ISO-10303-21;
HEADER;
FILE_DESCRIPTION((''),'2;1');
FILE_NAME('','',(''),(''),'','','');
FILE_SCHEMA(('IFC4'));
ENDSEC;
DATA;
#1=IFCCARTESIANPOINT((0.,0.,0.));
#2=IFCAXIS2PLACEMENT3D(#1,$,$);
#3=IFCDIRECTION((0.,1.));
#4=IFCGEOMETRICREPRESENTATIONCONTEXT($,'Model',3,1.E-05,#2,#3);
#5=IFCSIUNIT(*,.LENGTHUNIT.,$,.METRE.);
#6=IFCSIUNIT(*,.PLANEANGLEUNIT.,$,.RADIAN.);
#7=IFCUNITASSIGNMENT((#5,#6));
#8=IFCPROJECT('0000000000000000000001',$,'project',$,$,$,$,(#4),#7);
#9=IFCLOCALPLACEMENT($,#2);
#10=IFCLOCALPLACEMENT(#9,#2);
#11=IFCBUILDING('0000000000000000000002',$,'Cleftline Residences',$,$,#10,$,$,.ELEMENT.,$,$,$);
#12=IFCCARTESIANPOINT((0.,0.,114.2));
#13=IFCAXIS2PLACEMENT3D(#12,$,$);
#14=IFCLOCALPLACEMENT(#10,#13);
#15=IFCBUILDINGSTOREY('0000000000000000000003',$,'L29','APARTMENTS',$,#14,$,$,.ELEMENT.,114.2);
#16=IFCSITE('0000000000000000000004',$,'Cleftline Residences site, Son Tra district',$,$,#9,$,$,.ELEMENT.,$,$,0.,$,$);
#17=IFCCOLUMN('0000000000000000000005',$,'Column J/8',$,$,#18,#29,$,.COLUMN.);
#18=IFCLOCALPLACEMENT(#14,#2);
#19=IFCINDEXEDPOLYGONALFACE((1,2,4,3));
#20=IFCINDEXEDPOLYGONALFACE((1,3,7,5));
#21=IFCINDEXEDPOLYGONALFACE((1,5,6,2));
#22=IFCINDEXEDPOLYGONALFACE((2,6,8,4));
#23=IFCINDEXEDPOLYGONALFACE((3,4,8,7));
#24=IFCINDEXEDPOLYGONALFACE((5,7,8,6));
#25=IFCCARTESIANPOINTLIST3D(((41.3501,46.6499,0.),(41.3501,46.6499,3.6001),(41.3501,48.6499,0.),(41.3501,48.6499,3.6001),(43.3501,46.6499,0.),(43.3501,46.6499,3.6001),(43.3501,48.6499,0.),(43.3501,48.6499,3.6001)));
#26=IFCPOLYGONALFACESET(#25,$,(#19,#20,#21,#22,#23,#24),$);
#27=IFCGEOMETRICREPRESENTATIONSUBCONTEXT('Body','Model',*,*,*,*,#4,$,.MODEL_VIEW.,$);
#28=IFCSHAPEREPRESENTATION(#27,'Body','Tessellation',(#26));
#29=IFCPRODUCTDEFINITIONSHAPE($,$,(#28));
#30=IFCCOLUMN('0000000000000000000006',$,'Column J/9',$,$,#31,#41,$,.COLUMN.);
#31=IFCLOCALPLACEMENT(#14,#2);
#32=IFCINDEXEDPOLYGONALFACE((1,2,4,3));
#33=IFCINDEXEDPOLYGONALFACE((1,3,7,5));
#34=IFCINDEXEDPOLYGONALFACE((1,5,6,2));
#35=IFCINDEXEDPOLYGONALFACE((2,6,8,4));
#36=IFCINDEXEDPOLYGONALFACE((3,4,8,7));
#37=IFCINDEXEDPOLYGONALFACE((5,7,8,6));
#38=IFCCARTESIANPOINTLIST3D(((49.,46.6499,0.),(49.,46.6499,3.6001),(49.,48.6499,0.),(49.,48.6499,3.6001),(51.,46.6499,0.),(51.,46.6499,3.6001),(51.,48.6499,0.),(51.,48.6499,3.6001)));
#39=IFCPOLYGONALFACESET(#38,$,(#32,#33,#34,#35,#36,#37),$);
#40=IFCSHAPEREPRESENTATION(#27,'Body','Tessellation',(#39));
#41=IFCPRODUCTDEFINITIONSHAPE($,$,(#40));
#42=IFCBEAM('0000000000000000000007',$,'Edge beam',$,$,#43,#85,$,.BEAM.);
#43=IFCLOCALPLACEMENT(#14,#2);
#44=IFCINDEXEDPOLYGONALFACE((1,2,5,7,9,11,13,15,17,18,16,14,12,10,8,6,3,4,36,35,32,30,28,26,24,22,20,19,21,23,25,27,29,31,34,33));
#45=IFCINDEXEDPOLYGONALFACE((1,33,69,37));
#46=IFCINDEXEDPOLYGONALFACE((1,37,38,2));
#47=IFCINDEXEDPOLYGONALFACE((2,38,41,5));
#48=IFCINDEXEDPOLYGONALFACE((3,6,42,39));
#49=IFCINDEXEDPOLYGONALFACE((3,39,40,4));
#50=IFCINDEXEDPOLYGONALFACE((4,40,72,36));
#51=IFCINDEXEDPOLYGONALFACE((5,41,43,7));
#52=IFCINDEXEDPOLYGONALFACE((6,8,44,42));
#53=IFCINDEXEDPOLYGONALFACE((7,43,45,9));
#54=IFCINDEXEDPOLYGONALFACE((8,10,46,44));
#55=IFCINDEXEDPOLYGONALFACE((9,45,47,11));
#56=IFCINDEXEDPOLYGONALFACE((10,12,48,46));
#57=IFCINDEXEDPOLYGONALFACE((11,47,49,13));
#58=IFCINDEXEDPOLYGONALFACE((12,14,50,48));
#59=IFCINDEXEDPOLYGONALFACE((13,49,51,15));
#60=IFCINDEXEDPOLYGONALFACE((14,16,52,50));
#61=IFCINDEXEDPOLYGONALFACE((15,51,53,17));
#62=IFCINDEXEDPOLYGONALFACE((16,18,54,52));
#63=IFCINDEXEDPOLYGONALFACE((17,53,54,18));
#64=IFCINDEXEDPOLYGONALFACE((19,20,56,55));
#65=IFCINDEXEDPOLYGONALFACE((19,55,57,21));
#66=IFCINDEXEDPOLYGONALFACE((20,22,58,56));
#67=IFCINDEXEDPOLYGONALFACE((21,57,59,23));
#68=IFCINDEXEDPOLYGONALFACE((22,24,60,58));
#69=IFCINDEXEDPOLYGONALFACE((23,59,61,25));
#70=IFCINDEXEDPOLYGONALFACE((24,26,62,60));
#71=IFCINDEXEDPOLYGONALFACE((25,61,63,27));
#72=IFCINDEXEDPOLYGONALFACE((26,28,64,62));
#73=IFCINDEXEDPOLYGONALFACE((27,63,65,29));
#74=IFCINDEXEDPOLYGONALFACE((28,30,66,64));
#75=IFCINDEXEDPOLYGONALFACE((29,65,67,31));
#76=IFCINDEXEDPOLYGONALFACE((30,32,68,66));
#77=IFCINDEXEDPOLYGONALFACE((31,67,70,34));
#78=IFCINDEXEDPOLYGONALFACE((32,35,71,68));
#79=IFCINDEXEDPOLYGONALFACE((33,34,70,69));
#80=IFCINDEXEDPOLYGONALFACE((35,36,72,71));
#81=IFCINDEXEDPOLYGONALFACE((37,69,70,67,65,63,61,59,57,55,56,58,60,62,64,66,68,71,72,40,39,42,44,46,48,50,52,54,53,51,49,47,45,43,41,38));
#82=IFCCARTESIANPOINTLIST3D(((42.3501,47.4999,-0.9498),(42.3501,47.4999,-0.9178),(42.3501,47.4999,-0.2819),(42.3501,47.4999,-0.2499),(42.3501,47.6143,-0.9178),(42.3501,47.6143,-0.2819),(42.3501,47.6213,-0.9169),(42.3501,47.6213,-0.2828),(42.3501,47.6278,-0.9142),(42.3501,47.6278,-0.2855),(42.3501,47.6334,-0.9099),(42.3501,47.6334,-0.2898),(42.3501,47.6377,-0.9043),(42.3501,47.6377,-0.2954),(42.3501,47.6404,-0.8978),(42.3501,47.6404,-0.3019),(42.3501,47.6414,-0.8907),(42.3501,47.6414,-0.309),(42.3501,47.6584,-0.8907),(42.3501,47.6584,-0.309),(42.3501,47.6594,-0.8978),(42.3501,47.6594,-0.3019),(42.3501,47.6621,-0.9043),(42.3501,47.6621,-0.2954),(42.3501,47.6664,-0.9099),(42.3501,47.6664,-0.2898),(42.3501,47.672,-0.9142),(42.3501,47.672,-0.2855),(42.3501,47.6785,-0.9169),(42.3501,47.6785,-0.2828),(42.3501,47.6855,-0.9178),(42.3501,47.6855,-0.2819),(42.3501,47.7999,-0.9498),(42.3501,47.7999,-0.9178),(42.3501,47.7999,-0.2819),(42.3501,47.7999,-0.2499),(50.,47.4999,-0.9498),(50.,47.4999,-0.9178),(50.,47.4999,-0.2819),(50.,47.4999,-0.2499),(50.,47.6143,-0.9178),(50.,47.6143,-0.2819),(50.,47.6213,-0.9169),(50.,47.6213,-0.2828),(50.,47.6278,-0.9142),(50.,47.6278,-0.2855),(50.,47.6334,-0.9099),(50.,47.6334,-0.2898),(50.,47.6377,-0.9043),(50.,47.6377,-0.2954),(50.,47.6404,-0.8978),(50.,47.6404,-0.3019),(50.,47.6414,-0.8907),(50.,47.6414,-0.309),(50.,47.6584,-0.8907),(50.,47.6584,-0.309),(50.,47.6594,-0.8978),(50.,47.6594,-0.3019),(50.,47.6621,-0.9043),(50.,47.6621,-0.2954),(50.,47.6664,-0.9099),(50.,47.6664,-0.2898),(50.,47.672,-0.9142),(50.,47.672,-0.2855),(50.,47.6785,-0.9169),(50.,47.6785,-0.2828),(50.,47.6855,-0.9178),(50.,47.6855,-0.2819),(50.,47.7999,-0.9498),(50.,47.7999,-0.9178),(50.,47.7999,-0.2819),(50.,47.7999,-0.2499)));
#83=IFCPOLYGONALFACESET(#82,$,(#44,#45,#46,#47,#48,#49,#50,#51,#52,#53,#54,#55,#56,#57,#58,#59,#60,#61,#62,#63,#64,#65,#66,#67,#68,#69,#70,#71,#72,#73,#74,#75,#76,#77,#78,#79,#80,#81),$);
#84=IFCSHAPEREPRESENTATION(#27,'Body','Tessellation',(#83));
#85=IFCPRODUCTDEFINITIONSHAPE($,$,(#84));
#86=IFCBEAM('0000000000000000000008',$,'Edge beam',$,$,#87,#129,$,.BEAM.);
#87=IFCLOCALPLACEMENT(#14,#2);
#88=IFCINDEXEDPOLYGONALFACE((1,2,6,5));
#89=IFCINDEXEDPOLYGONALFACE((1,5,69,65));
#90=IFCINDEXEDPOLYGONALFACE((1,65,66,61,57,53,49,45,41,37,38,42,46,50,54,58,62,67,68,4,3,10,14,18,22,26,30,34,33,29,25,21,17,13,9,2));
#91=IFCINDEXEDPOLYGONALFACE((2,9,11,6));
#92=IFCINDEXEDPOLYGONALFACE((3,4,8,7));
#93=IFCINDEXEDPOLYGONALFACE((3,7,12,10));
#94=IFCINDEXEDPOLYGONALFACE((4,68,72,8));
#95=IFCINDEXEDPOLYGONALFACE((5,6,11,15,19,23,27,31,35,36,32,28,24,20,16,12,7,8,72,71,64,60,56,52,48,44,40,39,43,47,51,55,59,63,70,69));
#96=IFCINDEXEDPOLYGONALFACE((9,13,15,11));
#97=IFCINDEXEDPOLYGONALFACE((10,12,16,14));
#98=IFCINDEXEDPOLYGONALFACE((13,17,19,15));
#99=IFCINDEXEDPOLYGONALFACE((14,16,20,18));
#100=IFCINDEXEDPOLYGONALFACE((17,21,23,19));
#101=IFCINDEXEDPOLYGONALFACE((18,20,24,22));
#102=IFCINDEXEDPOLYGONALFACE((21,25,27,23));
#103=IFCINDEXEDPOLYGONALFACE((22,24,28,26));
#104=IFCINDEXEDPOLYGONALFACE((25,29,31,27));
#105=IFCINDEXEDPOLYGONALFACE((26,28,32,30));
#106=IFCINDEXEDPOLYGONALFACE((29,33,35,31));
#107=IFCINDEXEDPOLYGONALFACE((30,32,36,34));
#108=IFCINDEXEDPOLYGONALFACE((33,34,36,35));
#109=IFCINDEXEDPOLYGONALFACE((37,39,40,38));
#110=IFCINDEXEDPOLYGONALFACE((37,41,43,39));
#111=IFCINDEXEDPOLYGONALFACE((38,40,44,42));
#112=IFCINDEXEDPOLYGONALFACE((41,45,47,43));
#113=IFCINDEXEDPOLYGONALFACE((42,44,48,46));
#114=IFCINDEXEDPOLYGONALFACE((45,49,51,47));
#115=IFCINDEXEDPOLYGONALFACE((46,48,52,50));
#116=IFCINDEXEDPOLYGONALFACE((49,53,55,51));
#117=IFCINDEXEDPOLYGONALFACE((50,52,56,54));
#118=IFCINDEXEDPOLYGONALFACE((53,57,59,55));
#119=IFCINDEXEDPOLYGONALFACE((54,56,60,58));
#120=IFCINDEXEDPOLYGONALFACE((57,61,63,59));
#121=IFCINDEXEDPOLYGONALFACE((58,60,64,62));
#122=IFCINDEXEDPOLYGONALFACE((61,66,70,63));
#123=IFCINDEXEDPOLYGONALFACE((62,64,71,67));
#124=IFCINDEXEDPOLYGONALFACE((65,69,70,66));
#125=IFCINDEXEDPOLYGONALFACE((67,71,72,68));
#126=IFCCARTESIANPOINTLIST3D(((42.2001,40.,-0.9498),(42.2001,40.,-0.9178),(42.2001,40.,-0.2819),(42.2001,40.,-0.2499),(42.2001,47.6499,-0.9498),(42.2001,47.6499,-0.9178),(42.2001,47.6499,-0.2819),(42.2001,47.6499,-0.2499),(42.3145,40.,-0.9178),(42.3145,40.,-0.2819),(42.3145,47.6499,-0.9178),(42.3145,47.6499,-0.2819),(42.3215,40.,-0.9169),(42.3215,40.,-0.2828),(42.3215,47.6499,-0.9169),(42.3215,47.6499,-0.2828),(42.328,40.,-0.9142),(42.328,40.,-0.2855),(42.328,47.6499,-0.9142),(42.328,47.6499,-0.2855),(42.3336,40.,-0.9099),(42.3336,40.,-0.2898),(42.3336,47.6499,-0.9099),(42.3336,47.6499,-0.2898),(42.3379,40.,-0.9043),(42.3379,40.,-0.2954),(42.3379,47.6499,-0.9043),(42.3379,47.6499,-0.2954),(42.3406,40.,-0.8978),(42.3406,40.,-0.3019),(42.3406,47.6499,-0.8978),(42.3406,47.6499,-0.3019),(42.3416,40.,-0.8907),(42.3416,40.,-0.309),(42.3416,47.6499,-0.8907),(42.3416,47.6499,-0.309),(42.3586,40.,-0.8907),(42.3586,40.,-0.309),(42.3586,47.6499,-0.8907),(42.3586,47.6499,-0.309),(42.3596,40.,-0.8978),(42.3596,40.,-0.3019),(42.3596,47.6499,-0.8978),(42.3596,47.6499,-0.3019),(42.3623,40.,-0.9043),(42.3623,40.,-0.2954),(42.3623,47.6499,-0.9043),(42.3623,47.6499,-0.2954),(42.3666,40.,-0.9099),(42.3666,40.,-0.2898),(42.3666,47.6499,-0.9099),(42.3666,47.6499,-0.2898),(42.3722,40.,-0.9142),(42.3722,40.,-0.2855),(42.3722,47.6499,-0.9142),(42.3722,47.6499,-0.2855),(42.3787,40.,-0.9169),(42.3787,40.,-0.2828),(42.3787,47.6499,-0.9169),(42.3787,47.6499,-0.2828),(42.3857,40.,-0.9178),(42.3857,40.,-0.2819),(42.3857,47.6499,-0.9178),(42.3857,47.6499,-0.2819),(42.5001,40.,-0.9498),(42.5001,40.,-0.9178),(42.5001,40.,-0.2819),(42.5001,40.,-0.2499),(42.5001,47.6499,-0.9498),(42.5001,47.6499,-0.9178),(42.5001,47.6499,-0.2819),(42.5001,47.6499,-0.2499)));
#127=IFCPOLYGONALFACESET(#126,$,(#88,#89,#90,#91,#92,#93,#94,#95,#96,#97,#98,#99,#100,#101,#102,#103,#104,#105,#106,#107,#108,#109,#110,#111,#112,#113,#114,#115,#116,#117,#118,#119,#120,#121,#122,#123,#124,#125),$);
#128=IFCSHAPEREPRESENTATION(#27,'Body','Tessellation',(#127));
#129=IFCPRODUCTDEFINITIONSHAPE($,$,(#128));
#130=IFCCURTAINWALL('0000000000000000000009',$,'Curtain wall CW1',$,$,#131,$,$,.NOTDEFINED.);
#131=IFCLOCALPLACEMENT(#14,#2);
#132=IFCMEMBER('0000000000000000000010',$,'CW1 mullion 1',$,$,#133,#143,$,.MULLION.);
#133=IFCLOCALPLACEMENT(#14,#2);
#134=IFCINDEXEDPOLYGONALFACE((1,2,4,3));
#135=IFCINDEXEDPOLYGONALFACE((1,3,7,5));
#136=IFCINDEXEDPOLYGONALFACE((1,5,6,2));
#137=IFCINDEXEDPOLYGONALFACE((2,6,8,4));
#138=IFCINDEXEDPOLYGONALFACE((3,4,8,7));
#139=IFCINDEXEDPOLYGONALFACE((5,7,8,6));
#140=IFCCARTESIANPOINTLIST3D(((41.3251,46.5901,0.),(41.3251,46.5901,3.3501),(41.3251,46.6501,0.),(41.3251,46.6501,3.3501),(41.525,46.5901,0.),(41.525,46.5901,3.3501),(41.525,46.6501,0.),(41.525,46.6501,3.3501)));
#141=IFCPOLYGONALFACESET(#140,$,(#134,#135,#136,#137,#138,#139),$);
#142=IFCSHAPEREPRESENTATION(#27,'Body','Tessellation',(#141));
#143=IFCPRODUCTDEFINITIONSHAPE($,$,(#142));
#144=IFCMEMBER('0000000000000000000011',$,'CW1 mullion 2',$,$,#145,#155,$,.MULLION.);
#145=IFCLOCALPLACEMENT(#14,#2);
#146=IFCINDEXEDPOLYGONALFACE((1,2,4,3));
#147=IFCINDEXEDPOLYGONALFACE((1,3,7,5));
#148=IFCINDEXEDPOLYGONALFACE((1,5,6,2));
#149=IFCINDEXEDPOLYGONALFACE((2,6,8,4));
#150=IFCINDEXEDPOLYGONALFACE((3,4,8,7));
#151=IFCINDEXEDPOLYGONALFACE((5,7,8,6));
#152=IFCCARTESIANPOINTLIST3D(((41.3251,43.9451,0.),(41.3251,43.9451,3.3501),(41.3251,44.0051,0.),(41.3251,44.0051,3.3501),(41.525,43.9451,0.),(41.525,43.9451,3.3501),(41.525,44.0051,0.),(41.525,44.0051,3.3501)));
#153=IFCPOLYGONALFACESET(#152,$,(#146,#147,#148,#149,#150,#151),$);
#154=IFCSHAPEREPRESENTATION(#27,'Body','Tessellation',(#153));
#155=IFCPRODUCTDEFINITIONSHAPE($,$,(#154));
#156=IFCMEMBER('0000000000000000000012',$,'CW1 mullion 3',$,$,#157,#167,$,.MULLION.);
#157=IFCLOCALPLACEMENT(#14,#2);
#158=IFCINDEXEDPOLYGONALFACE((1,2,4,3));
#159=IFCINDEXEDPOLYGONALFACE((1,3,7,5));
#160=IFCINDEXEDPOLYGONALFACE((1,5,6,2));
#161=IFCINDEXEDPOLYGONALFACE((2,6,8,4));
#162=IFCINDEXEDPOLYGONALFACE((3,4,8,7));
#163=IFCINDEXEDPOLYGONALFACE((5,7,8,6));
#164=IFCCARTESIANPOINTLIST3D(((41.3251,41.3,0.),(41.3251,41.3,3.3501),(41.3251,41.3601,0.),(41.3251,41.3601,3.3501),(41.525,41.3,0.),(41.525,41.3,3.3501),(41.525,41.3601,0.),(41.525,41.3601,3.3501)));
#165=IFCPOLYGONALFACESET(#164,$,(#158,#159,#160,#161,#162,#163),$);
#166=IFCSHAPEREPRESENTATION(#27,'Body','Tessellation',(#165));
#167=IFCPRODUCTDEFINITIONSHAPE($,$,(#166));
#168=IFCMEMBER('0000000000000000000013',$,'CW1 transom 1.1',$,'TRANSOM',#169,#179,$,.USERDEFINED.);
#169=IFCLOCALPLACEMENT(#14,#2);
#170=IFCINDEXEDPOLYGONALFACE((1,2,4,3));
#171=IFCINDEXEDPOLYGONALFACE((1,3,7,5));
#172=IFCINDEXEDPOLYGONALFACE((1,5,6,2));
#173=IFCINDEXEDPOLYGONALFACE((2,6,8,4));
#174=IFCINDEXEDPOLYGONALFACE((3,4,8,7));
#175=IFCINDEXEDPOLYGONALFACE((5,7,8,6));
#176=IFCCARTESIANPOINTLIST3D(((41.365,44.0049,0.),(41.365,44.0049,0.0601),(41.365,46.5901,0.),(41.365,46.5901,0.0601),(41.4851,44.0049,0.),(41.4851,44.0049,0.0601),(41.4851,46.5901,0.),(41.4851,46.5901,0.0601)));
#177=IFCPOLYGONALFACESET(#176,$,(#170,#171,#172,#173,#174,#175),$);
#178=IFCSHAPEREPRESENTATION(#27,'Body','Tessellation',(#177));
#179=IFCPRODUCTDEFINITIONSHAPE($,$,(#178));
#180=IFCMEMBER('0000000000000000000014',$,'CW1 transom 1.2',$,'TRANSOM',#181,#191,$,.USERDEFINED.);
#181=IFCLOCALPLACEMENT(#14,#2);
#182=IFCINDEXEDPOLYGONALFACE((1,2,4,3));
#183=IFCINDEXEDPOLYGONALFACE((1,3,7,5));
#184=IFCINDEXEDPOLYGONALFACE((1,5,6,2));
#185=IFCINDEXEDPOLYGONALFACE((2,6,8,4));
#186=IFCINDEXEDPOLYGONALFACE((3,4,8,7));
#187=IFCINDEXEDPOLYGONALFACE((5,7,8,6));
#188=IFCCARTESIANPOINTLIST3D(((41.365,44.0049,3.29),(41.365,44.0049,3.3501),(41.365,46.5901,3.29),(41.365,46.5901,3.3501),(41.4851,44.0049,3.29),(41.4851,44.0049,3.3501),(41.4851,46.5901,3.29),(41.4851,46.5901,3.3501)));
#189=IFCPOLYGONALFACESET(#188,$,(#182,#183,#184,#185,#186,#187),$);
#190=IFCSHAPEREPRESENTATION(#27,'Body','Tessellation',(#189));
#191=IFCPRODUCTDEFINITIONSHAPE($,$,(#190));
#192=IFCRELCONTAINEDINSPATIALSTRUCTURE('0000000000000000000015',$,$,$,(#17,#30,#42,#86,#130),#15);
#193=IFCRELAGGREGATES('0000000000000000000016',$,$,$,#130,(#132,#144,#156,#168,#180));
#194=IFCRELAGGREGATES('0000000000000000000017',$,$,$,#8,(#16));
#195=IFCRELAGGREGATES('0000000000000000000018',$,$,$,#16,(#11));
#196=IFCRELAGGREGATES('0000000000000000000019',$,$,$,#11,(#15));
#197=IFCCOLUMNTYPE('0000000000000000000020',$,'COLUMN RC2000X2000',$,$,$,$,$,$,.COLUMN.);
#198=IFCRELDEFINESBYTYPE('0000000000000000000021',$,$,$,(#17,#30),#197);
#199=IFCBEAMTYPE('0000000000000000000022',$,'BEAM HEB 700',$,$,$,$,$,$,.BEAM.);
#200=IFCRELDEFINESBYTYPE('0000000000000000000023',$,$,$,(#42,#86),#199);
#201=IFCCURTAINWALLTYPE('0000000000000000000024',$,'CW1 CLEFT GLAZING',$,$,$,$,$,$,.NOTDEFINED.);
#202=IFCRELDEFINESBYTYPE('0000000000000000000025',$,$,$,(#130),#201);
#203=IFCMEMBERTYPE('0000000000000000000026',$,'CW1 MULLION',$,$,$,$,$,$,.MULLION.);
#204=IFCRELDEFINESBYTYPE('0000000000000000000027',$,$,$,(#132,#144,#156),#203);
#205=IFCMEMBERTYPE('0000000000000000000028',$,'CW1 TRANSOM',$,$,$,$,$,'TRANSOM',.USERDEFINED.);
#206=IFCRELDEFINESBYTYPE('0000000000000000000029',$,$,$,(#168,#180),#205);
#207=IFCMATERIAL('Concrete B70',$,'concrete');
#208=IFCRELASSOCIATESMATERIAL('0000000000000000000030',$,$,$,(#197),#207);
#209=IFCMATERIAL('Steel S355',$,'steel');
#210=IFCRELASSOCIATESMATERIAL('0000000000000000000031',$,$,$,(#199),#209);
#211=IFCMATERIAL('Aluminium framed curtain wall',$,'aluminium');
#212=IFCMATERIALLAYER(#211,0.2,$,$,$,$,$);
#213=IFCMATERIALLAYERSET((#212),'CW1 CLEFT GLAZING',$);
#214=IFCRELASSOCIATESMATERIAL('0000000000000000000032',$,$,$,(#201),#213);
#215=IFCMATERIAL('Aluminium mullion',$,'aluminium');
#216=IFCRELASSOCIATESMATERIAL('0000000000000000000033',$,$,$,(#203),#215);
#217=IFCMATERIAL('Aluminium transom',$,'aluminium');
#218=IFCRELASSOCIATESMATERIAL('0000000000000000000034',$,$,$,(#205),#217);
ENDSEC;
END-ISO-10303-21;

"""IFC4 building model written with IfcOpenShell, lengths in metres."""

from ifc_helpers import new_model, si_unit, direction, frame, origin, origin_2d, place, context, subcontext, project, spatial, rectangle, i_section, extrude, material, layer, layer_set, material_profile, profile_set, type_object, element, aggregate, save


model = new_model("IFC4")

# Units and contexts
model_context = context("Model", 3, precision=1e-05, world=origin(), true_north=direction((0.0, 1.0)))
body_context = subcontext(model_context, "Body", "Model", "MODEL_VIEW")
ifc_project = project(units=[si_unit("LENGTHUNIT", "METRE"), si_unit("PLANEANGLEUNIT", "RADIAN")], contexts=[model_context])

# Site, building, storey
site_placement = place(None, origin())
site = spatial("IfcSite", under=ifc_project, at=site_placement, Name="Cleftline Residences site, Son Tra district", CompositionType="ELEMENT", RefElevation=0.0)
building_placement = place(site_placement, origin())
building = spatial("IfcBuilding", under=site, at=building_placement, Name="Cleftline Residences", CompositionType="ELEMENT")
storey_placement = place(building_placement, frame((0.0, 0.0, 114.2)))
storey = spatial("IfcBuildingStorey", under=building, at=storey_placement, Name="L29", Description="APARTMENTS", CompositionType="ELEMENT", Elevation=114.2)

# Columns
ifc_material_1 = material(Name="Concrete B70", Category="concrete")
ifc_material_profile_1 = material_profile(ifc_material_1, rectangle(XDim=2.0, YDim=2.0, at=origin_2d()))
ifc_profile_set_1 = profile_set([ifc_material_profile_1], Name="Concrete B70")
column_type = type_object("IfcColumnType", Name="COLUMN RC2000X2000", PredefinedType="COLUMN", material=ifc_profile_set_1)
for number, where, z_axis, x_axis, name in (
    (1, (42.3501, 47.6499, 0.0), (0.0, 0.0, 1.0), (1.0, 0.0, 0.0), "Column J/8"),
    (2, (50.0, 47.6499, 0.0), (0.0, 0.0, 1.0), (1.0, 0.0, 0.0), "Column J/9"),
):
    element("IfcColumn", number, at=place(storey_placement, frame(where, z_axis=z_axis, x_axis=x_axis)), inside=storey, type_object=column_type, Name=name, PredefinedType="COLUMN", context=body_context, shape_type="SweptSolid", body=[
        extrude(rectangle(XDim=2.0, YDim=2.0, at=origin_2d()), origin(), (0.0, 0.0, 1.0), 3.6001),
    ])

# Beams
ifc_material_2 = material(Name="Steel S355", Category="steel")
ifc_material_profile_2 = material_profile(ifc_material_2, i_section(OverallWidth=0.3, OverallDepth=0.7, WebThickness=0.0171, FlangeThickness=0.032, FilletRadius=0.0271, at=origin_2d()))
ifc_profile_set_2 = profile_set([ifc_material_profile_2], Name="Steel S355")
beam_type = type_object("IfcBeamType", Name="BEAM HEB 700", PredefinedType="BEAM", material=ifc_profile_set_2)
for number, where, z_axis, x_axis, name in (
    (3, (50.0, 47.6499, -0.5999), (-1.0, 0.0, 0.0), (0.0, -1.0, 0.0), "Edge beam"),
    (4, (42.3501, 47.6499, -0.5999), (0.0, -1.0, 0.0), (1.0, 0.0, 0.0), "Edge beam"),
):
    element("IfcBeam", number, at=place(storey_placement, frame(where, z_axis=z_axis, x_axis=x_axis)), inside=storey, type_object=beam_type, Name=name, PredefinedType="BEAM", context=body_context, shape_type="SweptSolid", body=[
        extrude(i_section(OverallWidth=0.3, OverallDepth=0.7, WebThickness=0.0171, FlangeThickness=0.032, FilletRadius=0.0271, at=origin_2d()), origin(), (0.0, 0.0, 1.0), 7.6499),
    ])

# Curtain wall, members
ifc_material_3 = material(Name="Aluminium framed curtain wall", Category="aluminium")
ifc_layer_1 = layer(ifc_material_3, 0.2)
ifc_layer_set_1 = layer_set([ifc_layer_1], Name="CW1 CLEFT GLAZING")
curtain_wall_type = type_object("IfcCurtainWallType", Name="CW1 CLEFT GLAZING", PredefinedType="NOTDEFINED", material=ifc_layer_set_1)
curtain_wall_placement = place(storey_placement, origin())
curtain_wall = element("IfcCurtainWall", 5, at=curtain_wall_placement, inside=storey, type_object=curtain_wall_type, Name="Curtain wall CW1", PredefinedType="NOTDEFINED")
ifc_material_4 = material(Name="Aluminium mullion", Category="aluminium")
ifc_material_profile_3 = material_profile(ifc_material_4, rectangle(XDim=0.2, YDim=0.0601, at=origin_2d()))
ifc_profile_set_3 = profile_set([ifc_material_profile_3], Name="Aluminium mullion")
member_type_1 = type_object("IfcMemberType", Name="CW1 MULLION", PredefinedType="MULLION", material=ifc_profile_set_3)
member_1_placement = place(storey_placement, frame((41.425, 46.6201, 0.0), z_axis=(0.0, 0.0, 1.0), x_axis=(1.0, 0.0, 0.0)))
member_1 = element("IfcMember", 6, at=member_1_placement, type_object=member_type_1, Name="CW1 mullion 1", PredefinedType="MULLION", context=body_context, shape_type="SweptSolid", body=[
    extrude(rectangle(XDim=0.2, YDim=0.0601, at=origin_2d()), origin(), (0.0, 0.0, 1.0), 3.3501),
])
member_2_placement = place(storey_placement, frame((41.425, 43.9751, 0.0), z_axis=(0.0, 0.0, 1.0), x_axis=(1.0, 0.0, 0.0)))
member_2 = element("IfcMember", 7, at=member_2_placement, type_object=member_type_1, Name="CW1 mullion 2", PredefinedType="MULLION", context=body_context, shape_type="SweptSolid", body=[
    extrude(rectangle(XDim=0.2, YDim=0.0601, at=origin_2d()), origin(), (0.0, 0.0, 1.0), 3.3501),
])
member_3_placement = place(storey_placement, frame((41.425, 41.3301, 0.0), z_axis=(0.0, 0.0, 1.0), x_axis=(1.0, 0.0, 0.0)))
member_3 = element("IfcMember", 8, at=member_3_placement, type_object=member_type_1, Name="CW1 mullion 3", PredefinedType="MULLION", context=body_context, shape_type="SweptSolid", body=[
    extrude(rectangle(XDim=0.2, YDim=0.0601, at=origin_2d()), origin(), (0.0, 0.0, 1.0), 3.3501),
])
ifc_material_5 = material(Name="Aluminium transom", Category="aluminium")
ifc_material_profile_4 = material_profile(ifc_material_5, rectangle(XDim=0.1201, YDim=0.0601, at=origin_2d()))
ifc_profile_set_4 = profile_set([ifc_material_profile_4], Name="Aluminium transom")
member_type_2 = type_object("IfcMemberType", Name="CW1 TRANSOM", ElementType="TRANSOM", PredefinedType="USERDEFINED", material=ifc_profile_set_4)
member_4_placement = place(storey_placement, frame((41.425, 46.5901, 0.03), z_axis=(0.0, -1.0, 0.0), x_axis=(1.0, 0.0, 0.0)))
member_4 = element("IfcMember", 9, at=member_4_placement, type_object=member_type_2, Name="CW1 transom 1.1", ObjectType="TRANSOM", PredefinedType="USERDEFINED", context=body_context, shape_type="SweptSolid", body=[
    extrude(rectangle(XDim=0.1201, YDim=0.0601, at=origin_2d()), origin(), (0.0, 0.0, 1.0), 2.5852),
])
member_5_placement = place(storey_placement, frame((41.425, 46.5901, 3.3201), z_axis=(0.0, -1.0, 0.0), x_axis=(1.0, 0.0, 0.0)))
member_5 = element("IfcMember", 10, at=member_5_placement, type_object=member_type_2, Name="CW1 transom 1.2", ObjectType="TRANSOM", PredefinedType="USERDEFINED", context=body_context, shape_type="SweptSolid", body=[
    extrude(rectangle(XDim=0.1201, YDim=0.0601, at=origin_2d()), origin(), (0.0, 0.0, 1.0), 2.5852),
])
aggregate(curtain_wall, [member_1, member_2, member_3, member_4, member_5])

save(model, "model.ifc")
